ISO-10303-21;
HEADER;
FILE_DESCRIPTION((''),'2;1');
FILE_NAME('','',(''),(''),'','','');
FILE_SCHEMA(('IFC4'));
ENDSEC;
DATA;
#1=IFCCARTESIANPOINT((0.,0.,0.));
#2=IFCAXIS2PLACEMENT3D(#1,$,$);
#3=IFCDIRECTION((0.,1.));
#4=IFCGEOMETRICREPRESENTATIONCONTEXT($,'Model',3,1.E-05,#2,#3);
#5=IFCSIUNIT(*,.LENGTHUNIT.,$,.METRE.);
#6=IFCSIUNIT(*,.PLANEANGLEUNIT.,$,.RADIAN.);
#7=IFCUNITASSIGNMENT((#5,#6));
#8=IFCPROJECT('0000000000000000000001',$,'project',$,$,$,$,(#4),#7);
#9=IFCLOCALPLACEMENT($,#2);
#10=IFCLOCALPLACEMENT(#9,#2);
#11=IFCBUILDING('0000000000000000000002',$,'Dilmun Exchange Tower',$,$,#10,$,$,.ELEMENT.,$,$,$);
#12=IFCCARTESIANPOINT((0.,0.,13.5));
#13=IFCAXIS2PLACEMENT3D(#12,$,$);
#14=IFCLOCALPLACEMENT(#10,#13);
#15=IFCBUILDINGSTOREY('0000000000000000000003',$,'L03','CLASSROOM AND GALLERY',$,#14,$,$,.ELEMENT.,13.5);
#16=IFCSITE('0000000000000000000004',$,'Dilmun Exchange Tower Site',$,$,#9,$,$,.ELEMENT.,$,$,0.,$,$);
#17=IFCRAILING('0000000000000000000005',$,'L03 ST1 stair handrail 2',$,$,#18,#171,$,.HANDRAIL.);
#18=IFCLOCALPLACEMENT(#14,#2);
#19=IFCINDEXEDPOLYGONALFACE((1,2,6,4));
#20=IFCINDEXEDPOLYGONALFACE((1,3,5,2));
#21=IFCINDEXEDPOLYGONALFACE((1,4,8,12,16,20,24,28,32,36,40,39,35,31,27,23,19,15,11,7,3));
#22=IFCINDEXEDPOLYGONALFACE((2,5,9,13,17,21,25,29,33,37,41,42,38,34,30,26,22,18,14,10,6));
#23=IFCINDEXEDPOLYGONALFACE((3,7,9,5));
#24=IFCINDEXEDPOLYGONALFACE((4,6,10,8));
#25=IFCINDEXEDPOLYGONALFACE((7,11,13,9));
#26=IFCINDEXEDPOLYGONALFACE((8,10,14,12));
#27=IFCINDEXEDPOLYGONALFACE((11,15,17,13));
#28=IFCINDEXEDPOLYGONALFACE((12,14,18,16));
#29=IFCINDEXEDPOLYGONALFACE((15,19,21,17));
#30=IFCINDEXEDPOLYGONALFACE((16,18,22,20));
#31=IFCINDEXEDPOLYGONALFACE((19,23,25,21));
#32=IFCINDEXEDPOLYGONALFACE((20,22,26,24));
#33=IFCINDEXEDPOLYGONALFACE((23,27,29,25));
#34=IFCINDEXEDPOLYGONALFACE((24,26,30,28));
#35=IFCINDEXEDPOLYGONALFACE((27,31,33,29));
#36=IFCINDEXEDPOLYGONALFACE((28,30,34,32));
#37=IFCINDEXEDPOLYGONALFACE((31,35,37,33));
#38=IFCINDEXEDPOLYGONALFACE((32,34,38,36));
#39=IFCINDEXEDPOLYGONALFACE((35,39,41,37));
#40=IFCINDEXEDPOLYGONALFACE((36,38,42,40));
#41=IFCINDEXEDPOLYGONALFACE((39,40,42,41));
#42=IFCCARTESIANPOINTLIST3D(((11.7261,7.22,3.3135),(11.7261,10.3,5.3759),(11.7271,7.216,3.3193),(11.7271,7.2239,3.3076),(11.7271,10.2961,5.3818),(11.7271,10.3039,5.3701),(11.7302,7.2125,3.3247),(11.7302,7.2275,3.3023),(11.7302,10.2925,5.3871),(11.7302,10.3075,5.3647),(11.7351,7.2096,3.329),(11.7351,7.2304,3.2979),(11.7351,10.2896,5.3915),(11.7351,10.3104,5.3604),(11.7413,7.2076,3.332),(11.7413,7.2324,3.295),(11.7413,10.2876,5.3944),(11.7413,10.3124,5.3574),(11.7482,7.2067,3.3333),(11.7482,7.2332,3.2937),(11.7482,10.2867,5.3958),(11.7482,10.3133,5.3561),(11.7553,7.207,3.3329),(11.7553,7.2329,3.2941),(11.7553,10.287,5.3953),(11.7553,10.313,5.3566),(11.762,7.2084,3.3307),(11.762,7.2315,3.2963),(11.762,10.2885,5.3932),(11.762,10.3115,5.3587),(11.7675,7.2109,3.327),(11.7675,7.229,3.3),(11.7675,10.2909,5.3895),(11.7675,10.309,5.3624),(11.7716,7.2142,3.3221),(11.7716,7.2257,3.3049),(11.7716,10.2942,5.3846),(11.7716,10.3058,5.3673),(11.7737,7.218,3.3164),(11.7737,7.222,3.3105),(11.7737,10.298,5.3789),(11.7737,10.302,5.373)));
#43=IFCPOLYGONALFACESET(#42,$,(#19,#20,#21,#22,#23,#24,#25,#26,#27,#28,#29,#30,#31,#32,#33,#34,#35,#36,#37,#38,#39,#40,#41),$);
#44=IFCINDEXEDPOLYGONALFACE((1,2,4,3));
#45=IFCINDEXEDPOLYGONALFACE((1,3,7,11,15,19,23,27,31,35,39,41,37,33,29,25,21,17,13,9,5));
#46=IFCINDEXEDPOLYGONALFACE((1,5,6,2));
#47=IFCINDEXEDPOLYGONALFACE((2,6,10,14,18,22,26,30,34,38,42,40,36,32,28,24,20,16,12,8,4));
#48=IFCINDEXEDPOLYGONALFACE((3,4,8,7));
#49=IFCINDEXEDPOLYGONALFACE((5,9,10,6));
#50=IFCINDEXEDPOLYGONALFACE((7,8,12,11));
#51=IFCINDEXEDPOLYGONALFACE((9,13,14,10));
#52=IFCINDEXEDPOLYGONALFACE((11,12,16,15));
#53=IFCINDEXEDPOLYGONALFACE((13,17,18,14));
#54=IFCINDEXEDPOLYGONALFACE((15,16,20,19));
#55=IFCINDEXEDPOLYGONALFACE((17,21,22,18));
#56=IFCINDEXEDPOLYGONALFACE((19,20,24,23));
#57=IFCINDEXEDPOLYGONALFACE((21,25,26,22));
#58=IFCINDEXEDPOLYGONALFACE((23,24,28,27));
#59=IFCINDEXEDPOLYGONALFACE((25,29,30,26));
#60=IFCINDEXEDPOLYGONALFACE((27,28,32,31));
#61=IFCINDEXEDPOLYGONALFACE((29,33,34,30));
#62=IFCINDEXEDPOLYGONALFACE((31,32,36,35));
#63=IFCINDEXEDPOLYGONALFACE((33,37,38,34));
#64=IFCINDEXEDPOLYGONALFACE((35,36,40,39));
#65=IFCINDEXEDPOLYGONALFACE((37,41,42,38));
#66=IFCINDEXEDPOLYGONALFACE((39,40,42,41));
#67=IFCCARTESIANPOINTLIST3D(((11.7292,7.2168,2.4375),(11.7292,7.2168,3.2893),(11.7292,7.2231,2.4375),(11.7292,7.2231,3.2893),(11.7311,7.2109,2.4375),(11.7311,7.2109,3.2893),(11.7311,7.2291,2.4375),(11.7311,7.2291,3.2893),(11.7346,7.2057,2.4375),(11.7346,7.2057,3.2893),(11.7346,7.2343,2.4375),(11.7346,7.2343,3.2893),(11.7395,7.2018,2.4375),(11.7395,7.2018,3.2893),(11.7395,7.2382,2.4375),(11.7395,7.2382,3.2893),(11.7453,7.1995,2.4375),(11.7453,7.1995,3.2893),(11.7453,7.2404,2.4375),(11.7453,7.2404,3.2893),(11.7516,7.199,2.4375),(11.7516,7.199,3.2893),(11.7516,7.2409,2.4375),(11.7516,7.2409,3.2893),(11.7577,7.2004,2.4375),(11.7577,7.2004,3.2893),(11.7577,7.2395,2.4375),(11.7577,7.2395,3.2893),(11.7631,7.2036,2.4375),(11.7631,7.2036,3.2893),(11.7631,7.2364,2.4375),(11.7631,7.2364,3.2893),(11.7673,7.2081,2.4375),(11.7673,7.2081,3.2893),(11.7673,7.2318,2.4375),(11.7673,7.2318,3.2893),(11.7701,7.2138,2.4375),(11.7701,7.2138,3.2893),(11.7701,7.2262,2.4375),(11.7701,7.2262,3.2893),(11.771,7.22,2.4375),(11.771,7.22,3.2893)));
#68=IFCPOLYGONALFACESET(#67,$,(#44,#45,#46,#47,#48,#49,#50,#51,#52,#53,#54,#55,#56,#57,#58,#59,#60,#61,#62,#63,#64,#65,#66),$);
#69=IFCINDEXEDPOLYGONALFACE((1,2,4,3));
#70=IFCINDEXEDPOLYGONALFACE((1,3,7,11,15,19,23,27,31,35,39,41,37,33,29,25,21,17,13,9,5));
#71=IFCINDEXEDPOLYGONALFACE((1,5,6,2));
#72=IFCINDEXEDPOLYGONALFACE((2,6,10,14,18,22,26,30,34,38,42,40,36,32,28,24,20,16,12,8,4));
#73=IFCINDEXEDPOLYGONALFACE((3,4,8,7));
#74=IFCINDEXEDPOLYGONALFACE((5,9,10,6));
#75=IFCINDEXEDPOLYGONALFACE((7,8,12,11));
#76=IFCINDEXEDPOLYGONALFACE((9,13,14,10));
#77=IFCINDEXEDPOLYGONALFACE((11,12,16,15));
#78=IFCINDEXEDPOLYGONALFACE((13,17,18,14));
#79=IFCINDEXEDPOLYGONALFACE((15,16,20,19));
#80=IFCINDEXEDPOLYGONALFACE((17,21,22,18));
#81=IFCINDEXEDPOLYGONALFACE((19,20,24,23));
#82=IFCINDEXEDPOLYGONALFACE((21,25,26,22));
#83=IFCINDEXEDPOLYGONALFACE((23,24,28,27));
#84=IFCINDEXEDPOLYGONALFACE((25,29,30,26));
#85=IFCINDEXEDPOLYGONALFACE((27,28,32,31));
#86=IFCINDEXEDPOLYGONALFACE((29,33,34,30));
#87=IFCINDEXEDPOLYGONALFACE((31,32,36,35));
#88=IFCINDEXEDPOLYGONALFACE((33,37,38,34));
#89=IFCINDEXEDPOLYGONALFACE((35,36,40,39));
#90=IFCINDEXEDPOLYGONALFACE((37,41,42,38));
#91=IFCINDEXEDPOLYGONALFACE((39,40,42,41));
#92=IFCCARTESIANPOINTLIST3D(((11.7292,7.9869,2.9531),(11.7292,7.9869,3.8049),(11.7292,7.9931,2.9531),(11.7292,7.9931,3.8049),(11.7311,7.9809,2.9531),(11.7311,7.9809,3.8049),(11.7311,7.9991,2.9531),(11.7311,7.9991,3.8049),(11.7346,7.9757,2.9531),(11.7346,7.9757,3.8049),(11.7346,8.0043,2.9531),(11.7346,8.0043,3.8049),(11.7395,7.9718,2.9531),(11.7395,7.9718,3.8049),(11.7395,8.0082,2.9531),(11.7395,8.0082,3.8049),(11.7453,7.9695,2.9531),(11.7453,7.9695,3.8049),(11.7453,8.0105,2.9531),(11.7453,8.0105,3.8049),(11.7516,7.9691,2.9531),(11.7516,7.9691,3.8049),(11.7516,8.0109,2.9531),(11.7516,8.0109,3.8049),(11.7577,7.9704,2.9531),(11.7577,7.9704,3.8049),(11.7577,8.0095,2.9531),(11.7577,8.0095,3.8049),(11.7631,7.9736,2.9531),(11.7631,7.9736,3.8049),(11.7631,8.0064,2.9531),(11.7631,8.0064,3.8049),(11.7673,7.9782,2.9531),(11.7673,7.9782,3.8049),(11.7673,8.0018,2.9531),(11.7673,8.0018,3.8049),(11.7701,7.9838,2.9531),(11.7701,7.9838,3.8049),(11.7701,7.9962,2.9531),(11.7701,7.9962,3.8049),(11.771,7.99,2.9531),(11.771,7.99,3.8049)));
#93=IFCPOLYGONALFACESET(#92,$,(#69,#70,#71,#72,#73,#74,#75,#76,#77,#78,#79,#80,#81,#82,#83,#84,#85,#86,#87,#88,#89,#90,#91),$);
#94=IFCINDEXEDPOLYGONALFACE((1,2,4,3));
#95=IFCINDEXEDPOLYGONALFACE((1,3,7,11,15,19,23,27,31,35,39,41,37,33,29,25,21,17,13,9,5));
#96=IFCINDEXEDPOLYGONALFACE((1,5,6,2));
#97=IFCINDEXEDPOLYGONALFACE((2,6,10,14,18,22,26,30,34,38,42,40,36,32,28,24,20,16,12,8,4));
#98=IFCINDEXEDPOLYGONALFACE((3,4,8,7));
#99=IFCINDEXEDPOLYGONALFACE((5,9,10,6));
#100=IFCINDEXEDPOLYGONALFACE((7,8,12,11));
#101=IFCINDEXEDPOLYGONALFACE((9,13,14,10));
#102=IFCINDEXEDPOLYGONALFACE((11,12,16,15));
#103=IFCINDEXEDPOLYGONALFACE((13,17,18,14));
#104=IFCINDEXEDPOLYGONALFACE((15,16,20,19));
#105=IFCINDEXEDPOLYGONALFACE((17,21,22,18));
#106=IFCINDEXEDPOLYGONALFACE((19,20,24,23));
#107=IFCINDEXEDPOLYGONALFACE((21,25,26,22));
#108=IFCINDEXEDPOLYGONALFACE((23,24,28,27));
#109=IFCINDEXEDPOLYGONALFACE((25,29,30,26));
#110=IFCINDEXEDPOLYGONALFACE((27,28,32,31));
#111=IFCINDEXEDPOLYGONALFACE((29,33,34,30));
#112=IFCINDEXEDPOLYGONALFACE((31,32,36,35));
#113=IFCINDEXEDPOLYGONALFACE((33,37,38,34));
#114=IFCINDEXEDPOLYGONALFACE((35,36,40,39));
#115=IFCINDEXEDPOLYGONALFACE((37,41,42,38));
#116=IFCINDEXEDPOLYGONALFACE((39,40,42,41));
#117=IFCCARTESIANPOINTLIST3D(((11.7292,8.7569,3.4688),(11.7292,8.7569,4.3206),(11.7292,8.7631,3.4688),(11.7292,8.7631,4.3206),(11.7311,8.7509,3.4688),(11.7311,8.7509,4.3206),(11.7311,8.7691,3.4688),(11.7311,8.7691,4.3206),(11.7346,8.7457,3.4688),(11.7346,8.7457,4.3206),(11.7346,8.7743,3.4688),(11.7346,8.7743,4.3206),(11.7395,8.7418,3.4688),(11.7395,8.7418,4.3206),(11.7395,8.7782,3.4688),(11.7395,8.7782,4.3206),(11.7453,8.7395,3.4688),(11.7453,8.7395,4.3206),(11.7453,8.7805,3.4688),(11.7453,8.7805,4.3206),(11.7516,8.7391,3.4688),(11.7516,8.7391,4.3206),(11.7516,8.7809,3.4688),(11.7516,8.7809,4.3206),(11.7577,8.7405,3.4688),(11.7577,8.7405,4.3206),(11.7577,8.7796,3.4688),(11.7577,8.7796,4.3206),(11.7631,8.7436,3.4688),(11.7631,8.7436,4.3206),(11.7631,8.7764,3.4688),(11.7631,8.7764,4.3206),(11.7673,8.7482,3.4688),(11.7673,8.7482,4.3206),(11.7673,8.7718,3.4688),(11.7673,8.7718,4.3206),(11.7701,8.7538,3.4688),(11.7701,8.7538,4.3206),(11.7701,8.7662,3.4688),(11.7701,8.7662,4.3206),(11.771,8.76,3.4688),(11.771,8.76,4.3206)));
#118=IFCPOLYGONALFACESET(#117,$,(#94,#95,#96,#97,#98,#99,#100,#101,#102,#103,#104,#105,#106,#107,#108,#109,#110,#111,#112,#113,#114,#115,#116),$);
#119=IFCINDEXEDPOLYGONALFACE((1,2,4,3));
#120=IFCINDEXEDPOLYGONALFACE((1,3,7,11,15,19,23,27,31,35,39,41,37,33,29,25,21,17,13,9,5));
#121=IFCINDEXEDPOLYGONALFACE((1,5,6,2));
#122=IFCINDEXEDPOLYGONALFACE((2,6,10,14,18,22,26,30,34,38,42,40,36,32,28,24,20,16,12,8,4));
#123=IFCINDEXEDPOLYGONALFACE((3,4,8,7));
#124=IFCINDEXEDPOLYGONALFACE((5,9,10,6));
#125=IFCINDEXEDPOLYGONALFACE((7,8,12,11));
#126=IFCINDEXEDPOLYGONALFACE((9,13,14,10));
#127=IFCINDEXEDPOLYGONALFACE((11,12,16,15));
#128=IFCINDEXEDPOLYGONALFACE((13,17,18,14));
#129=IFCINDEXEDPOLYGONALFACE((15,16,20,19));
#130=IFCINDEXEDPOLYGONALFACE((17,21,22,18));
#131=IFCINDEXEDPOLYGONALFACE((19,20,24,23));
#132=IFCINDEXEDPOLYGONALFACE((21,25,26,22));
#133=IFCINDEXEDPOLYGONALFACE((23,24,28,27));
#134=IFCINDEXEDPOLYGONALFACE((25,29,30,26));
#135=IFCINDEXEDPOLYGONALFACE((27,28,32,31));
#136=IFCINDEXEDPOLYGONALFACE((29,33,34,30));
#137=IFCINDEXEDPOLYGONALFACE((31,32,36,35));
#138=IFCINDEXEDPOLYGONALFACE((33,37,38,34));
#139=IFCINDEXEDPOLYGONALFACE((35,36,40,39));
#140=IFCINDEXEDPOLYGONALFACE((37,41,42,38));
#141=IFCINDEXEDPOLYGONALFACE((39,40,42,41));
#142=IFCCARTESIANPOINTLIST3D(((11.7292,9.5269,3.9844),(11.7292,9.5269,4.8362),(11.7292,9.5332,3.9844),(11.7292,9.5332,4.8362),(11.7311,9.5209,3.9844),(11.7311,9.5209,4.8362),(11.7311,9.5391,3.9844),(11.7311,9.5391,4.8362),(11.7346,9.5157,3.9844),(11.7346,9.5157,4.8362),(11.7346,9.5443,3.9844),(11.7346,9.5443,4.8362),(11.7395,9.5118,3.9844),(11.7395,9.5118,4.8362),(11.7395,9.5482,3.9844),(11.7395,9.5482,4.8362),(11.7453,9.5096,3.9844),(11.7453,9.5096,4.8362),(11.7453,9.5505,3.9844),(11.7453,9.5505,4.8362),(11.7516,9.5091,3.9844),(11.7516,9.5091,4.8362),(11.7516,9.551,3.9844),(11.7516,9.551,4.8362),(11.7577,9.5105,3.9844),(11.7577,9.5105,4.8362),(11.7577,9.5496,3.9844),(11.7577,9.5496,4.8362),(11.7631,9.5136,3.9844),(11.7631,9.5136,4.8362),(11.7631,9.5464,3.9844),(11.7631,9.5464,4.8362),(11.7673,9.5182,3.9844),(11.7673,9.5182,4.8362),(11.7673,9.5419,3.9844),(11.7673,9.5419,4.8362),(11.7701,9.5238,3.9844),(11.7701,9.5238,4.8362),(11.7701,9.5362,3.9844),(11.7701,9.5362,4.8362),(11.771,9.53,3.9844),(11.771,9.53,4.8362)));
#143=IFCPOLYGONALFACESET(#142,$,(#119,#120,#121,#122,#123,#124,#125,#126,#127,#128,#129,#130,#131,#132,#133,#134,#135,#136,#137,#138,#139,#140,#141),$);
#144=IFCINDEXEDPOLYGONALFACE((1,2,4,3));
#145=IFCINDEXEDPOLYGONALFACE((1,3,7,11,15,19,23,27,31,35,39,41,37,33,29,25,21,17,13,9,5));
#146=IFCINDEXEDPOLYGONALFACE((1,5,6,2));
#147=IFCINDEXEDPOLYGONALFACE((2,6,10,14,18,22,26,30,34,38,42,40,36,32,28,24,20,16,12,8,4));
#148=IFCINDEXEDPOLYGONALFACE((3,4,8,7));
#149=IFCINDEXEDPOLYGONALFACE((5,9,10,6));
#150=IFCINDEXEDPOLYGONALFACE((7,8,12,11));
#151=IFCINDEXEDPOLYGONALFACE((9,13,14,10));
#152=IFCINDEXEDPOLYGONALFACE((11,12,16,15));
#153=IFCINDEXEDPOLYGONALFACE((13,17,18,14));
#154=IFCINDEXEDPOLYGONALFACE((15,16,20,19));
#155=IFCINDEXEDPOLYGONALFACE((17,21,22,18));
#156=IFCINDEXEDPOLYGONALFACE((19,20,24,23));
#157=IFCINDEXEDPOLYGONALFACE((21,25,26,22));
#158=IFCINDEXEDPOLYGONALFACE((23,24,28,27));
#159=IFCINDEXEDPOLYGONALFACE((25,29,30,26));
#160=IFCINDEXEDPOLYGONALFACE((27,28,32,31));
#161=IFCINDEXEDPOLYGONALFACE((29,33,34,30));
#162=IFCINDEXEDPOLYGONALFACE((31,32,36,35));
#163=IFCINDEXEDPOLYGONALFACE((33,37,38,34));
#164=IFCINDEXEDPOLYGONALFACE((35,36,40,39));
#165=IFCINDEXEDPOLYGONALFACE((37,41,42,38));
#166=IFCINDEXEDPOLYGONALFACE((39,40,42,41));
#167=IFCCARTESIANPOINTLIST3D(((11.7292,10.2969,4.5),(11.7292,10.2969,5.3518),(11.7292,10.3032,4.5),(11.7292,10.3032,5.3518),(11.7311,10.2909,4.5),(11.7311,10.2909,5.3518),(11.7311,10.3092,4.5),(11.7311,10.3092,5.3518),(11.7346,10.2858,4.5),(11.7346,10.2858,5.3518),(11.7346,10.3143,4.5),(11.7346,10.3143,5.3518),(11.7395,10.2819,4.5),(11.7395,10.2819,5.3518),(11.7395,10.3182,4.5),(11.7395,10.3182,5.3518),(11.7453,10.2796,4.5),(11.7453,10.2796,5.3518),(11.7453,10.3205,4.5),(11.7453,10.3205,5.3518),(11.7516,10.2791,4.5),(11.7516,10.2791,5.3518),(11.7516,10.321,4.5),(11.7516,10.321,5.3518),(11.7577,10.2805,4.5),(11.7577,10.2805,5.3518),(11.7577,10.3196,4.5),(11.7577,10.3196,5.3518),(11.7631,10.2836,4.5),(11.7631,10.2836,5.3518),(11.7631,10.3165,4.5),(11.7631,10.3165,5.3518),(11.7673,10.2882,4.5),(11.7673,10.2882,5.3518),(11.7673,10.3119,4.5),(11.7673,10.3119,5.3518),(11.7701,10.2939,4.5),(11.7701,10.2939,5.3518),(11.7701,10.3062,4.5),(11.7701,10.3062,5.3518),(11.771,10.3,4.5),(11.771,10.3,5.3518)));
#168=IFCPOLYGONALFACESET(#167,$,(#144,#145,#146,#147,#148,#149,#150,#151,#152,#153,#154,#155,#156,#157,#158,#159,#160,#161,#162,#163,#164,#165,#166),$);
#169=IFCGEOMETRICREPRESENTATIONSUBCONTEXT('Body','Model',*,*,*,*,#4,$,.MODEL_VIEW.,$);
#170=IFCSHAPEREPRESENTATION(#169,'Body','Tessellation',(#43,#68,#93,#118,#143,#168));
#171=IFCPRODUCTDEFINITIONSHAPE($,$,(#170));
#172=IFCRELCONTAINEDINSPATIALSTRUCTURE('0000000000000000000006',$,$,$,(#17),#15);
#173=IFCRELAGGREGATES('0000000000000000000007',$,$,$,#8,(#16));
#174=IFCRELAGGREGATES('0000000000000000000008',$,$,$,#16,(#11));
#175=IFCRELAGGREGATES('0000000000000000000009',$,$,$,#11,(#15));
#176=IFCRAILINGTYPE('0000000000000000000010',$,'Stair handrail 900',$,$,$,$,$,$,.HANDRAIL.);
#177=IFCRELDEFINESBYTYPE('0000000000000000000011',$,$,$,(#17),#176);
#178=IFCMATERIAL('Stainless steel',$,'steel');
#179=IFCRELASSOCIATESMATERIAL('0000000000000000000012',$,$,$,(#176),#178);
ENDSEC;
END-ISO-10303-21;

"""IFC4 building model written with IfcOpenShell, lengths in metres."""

from ifc_helpers import new_model, si_unit, direction, frame, origin, origin_2d, place, context, subcontext, project, spatial, circle, extrude, material, type_object, element, save


model = new_model("IFC4")

# Units and contexts
model_context = context("Model", 3, precision=1e-05, world=origin(), true_north=direction((0.0, 1.0)))
body_context = subcontext(model_context, "Body", "Model", "MODEL_VIEW")
ifc_project = project(units=[si_unit("LENGTHUNIT", "METRE"), si_unit("PLANEANGLEUNIT", "RADIAN")], contexts=[model_context])

# Site, building, storey
site_placement = place(None, origin())
site = spatial("IfcSite", under=ifc_project, at=site_placement, Name="Dilmun Exchange Tower Site", CompositionType="ELEMENT", RefElevation=0.0)
building_placement = place(site_placement, origin())
building = spatial("IfcBuilding", under=site, at=building_placement, Name="Dilmun Exchange Tower", CompositionType="ELEMENT")
storey_placement = place(building_placement, frame((0.0, 0.0, 13.5)))
storey = spatial("IfcBuildingStorey", under=building, at=storey_placement, Name="L03", Description="CLASSROOM AND GALLERY", CompositionType="ELEMENT", Elevation=13.5)

# Railing
ifc_material_1 = material(Name="Stainless steel", Category="steel")
railing_type = type_object("IfcRailingType", Name="Stair handrail 900", PredefinedType="HANDRAIL", material=ifc_material_1)
railing_1_placement = place(storey_placement, frame((11.75, 7.22, 2.4375)))
element("IfcRailing", 1, at=railing_1_placement, inside=storey, type_object=railing_type, Name="L03 ST1 stair handrail 2", PredefinedType="HANDRAIL", context=body_context, shape_type="SweptSolid", body=[
    extrude(circle(Radius=0.0239, at=origin_2d()), frame((0.0, 0.0, 0.876), z_axis=(0.0, 0.830914, 0.556401), x_axis=(-1.0, 0.0, 0.0)), (0.0, 0.0, 1.0), 3.7068),
    extrude(circle(Radius=0.021, at=origin_2d()), origin(), (0.0, 0.0, 1.0), 0.8518),
    extrude(circle(Radius=0.021, at=origin_2d()), frame((0.0, 0.77, 0.5156)), (0.0, 0.0, 1.0), 0.8518),
    extrude(circle(Radius=0.021, at=origin_2d()), frame((0.0, 1.54, 1.0312)), (0.0, 0.0, 1.0), 0.8518),
    extrude(circle(Radius=0.021, at=origin_2d()), frame((0.0, 2.3101, 1.5469)), (0.0, 0.0, 1.0), 0.8518),
    extrude(circle(Radius=0.021, at=origin_2d()), frame((0.0, 3.0801, 2.0625)), (0.0, 0.0, 1.0), 0.8518),
])

save(model, "model.ifc")
